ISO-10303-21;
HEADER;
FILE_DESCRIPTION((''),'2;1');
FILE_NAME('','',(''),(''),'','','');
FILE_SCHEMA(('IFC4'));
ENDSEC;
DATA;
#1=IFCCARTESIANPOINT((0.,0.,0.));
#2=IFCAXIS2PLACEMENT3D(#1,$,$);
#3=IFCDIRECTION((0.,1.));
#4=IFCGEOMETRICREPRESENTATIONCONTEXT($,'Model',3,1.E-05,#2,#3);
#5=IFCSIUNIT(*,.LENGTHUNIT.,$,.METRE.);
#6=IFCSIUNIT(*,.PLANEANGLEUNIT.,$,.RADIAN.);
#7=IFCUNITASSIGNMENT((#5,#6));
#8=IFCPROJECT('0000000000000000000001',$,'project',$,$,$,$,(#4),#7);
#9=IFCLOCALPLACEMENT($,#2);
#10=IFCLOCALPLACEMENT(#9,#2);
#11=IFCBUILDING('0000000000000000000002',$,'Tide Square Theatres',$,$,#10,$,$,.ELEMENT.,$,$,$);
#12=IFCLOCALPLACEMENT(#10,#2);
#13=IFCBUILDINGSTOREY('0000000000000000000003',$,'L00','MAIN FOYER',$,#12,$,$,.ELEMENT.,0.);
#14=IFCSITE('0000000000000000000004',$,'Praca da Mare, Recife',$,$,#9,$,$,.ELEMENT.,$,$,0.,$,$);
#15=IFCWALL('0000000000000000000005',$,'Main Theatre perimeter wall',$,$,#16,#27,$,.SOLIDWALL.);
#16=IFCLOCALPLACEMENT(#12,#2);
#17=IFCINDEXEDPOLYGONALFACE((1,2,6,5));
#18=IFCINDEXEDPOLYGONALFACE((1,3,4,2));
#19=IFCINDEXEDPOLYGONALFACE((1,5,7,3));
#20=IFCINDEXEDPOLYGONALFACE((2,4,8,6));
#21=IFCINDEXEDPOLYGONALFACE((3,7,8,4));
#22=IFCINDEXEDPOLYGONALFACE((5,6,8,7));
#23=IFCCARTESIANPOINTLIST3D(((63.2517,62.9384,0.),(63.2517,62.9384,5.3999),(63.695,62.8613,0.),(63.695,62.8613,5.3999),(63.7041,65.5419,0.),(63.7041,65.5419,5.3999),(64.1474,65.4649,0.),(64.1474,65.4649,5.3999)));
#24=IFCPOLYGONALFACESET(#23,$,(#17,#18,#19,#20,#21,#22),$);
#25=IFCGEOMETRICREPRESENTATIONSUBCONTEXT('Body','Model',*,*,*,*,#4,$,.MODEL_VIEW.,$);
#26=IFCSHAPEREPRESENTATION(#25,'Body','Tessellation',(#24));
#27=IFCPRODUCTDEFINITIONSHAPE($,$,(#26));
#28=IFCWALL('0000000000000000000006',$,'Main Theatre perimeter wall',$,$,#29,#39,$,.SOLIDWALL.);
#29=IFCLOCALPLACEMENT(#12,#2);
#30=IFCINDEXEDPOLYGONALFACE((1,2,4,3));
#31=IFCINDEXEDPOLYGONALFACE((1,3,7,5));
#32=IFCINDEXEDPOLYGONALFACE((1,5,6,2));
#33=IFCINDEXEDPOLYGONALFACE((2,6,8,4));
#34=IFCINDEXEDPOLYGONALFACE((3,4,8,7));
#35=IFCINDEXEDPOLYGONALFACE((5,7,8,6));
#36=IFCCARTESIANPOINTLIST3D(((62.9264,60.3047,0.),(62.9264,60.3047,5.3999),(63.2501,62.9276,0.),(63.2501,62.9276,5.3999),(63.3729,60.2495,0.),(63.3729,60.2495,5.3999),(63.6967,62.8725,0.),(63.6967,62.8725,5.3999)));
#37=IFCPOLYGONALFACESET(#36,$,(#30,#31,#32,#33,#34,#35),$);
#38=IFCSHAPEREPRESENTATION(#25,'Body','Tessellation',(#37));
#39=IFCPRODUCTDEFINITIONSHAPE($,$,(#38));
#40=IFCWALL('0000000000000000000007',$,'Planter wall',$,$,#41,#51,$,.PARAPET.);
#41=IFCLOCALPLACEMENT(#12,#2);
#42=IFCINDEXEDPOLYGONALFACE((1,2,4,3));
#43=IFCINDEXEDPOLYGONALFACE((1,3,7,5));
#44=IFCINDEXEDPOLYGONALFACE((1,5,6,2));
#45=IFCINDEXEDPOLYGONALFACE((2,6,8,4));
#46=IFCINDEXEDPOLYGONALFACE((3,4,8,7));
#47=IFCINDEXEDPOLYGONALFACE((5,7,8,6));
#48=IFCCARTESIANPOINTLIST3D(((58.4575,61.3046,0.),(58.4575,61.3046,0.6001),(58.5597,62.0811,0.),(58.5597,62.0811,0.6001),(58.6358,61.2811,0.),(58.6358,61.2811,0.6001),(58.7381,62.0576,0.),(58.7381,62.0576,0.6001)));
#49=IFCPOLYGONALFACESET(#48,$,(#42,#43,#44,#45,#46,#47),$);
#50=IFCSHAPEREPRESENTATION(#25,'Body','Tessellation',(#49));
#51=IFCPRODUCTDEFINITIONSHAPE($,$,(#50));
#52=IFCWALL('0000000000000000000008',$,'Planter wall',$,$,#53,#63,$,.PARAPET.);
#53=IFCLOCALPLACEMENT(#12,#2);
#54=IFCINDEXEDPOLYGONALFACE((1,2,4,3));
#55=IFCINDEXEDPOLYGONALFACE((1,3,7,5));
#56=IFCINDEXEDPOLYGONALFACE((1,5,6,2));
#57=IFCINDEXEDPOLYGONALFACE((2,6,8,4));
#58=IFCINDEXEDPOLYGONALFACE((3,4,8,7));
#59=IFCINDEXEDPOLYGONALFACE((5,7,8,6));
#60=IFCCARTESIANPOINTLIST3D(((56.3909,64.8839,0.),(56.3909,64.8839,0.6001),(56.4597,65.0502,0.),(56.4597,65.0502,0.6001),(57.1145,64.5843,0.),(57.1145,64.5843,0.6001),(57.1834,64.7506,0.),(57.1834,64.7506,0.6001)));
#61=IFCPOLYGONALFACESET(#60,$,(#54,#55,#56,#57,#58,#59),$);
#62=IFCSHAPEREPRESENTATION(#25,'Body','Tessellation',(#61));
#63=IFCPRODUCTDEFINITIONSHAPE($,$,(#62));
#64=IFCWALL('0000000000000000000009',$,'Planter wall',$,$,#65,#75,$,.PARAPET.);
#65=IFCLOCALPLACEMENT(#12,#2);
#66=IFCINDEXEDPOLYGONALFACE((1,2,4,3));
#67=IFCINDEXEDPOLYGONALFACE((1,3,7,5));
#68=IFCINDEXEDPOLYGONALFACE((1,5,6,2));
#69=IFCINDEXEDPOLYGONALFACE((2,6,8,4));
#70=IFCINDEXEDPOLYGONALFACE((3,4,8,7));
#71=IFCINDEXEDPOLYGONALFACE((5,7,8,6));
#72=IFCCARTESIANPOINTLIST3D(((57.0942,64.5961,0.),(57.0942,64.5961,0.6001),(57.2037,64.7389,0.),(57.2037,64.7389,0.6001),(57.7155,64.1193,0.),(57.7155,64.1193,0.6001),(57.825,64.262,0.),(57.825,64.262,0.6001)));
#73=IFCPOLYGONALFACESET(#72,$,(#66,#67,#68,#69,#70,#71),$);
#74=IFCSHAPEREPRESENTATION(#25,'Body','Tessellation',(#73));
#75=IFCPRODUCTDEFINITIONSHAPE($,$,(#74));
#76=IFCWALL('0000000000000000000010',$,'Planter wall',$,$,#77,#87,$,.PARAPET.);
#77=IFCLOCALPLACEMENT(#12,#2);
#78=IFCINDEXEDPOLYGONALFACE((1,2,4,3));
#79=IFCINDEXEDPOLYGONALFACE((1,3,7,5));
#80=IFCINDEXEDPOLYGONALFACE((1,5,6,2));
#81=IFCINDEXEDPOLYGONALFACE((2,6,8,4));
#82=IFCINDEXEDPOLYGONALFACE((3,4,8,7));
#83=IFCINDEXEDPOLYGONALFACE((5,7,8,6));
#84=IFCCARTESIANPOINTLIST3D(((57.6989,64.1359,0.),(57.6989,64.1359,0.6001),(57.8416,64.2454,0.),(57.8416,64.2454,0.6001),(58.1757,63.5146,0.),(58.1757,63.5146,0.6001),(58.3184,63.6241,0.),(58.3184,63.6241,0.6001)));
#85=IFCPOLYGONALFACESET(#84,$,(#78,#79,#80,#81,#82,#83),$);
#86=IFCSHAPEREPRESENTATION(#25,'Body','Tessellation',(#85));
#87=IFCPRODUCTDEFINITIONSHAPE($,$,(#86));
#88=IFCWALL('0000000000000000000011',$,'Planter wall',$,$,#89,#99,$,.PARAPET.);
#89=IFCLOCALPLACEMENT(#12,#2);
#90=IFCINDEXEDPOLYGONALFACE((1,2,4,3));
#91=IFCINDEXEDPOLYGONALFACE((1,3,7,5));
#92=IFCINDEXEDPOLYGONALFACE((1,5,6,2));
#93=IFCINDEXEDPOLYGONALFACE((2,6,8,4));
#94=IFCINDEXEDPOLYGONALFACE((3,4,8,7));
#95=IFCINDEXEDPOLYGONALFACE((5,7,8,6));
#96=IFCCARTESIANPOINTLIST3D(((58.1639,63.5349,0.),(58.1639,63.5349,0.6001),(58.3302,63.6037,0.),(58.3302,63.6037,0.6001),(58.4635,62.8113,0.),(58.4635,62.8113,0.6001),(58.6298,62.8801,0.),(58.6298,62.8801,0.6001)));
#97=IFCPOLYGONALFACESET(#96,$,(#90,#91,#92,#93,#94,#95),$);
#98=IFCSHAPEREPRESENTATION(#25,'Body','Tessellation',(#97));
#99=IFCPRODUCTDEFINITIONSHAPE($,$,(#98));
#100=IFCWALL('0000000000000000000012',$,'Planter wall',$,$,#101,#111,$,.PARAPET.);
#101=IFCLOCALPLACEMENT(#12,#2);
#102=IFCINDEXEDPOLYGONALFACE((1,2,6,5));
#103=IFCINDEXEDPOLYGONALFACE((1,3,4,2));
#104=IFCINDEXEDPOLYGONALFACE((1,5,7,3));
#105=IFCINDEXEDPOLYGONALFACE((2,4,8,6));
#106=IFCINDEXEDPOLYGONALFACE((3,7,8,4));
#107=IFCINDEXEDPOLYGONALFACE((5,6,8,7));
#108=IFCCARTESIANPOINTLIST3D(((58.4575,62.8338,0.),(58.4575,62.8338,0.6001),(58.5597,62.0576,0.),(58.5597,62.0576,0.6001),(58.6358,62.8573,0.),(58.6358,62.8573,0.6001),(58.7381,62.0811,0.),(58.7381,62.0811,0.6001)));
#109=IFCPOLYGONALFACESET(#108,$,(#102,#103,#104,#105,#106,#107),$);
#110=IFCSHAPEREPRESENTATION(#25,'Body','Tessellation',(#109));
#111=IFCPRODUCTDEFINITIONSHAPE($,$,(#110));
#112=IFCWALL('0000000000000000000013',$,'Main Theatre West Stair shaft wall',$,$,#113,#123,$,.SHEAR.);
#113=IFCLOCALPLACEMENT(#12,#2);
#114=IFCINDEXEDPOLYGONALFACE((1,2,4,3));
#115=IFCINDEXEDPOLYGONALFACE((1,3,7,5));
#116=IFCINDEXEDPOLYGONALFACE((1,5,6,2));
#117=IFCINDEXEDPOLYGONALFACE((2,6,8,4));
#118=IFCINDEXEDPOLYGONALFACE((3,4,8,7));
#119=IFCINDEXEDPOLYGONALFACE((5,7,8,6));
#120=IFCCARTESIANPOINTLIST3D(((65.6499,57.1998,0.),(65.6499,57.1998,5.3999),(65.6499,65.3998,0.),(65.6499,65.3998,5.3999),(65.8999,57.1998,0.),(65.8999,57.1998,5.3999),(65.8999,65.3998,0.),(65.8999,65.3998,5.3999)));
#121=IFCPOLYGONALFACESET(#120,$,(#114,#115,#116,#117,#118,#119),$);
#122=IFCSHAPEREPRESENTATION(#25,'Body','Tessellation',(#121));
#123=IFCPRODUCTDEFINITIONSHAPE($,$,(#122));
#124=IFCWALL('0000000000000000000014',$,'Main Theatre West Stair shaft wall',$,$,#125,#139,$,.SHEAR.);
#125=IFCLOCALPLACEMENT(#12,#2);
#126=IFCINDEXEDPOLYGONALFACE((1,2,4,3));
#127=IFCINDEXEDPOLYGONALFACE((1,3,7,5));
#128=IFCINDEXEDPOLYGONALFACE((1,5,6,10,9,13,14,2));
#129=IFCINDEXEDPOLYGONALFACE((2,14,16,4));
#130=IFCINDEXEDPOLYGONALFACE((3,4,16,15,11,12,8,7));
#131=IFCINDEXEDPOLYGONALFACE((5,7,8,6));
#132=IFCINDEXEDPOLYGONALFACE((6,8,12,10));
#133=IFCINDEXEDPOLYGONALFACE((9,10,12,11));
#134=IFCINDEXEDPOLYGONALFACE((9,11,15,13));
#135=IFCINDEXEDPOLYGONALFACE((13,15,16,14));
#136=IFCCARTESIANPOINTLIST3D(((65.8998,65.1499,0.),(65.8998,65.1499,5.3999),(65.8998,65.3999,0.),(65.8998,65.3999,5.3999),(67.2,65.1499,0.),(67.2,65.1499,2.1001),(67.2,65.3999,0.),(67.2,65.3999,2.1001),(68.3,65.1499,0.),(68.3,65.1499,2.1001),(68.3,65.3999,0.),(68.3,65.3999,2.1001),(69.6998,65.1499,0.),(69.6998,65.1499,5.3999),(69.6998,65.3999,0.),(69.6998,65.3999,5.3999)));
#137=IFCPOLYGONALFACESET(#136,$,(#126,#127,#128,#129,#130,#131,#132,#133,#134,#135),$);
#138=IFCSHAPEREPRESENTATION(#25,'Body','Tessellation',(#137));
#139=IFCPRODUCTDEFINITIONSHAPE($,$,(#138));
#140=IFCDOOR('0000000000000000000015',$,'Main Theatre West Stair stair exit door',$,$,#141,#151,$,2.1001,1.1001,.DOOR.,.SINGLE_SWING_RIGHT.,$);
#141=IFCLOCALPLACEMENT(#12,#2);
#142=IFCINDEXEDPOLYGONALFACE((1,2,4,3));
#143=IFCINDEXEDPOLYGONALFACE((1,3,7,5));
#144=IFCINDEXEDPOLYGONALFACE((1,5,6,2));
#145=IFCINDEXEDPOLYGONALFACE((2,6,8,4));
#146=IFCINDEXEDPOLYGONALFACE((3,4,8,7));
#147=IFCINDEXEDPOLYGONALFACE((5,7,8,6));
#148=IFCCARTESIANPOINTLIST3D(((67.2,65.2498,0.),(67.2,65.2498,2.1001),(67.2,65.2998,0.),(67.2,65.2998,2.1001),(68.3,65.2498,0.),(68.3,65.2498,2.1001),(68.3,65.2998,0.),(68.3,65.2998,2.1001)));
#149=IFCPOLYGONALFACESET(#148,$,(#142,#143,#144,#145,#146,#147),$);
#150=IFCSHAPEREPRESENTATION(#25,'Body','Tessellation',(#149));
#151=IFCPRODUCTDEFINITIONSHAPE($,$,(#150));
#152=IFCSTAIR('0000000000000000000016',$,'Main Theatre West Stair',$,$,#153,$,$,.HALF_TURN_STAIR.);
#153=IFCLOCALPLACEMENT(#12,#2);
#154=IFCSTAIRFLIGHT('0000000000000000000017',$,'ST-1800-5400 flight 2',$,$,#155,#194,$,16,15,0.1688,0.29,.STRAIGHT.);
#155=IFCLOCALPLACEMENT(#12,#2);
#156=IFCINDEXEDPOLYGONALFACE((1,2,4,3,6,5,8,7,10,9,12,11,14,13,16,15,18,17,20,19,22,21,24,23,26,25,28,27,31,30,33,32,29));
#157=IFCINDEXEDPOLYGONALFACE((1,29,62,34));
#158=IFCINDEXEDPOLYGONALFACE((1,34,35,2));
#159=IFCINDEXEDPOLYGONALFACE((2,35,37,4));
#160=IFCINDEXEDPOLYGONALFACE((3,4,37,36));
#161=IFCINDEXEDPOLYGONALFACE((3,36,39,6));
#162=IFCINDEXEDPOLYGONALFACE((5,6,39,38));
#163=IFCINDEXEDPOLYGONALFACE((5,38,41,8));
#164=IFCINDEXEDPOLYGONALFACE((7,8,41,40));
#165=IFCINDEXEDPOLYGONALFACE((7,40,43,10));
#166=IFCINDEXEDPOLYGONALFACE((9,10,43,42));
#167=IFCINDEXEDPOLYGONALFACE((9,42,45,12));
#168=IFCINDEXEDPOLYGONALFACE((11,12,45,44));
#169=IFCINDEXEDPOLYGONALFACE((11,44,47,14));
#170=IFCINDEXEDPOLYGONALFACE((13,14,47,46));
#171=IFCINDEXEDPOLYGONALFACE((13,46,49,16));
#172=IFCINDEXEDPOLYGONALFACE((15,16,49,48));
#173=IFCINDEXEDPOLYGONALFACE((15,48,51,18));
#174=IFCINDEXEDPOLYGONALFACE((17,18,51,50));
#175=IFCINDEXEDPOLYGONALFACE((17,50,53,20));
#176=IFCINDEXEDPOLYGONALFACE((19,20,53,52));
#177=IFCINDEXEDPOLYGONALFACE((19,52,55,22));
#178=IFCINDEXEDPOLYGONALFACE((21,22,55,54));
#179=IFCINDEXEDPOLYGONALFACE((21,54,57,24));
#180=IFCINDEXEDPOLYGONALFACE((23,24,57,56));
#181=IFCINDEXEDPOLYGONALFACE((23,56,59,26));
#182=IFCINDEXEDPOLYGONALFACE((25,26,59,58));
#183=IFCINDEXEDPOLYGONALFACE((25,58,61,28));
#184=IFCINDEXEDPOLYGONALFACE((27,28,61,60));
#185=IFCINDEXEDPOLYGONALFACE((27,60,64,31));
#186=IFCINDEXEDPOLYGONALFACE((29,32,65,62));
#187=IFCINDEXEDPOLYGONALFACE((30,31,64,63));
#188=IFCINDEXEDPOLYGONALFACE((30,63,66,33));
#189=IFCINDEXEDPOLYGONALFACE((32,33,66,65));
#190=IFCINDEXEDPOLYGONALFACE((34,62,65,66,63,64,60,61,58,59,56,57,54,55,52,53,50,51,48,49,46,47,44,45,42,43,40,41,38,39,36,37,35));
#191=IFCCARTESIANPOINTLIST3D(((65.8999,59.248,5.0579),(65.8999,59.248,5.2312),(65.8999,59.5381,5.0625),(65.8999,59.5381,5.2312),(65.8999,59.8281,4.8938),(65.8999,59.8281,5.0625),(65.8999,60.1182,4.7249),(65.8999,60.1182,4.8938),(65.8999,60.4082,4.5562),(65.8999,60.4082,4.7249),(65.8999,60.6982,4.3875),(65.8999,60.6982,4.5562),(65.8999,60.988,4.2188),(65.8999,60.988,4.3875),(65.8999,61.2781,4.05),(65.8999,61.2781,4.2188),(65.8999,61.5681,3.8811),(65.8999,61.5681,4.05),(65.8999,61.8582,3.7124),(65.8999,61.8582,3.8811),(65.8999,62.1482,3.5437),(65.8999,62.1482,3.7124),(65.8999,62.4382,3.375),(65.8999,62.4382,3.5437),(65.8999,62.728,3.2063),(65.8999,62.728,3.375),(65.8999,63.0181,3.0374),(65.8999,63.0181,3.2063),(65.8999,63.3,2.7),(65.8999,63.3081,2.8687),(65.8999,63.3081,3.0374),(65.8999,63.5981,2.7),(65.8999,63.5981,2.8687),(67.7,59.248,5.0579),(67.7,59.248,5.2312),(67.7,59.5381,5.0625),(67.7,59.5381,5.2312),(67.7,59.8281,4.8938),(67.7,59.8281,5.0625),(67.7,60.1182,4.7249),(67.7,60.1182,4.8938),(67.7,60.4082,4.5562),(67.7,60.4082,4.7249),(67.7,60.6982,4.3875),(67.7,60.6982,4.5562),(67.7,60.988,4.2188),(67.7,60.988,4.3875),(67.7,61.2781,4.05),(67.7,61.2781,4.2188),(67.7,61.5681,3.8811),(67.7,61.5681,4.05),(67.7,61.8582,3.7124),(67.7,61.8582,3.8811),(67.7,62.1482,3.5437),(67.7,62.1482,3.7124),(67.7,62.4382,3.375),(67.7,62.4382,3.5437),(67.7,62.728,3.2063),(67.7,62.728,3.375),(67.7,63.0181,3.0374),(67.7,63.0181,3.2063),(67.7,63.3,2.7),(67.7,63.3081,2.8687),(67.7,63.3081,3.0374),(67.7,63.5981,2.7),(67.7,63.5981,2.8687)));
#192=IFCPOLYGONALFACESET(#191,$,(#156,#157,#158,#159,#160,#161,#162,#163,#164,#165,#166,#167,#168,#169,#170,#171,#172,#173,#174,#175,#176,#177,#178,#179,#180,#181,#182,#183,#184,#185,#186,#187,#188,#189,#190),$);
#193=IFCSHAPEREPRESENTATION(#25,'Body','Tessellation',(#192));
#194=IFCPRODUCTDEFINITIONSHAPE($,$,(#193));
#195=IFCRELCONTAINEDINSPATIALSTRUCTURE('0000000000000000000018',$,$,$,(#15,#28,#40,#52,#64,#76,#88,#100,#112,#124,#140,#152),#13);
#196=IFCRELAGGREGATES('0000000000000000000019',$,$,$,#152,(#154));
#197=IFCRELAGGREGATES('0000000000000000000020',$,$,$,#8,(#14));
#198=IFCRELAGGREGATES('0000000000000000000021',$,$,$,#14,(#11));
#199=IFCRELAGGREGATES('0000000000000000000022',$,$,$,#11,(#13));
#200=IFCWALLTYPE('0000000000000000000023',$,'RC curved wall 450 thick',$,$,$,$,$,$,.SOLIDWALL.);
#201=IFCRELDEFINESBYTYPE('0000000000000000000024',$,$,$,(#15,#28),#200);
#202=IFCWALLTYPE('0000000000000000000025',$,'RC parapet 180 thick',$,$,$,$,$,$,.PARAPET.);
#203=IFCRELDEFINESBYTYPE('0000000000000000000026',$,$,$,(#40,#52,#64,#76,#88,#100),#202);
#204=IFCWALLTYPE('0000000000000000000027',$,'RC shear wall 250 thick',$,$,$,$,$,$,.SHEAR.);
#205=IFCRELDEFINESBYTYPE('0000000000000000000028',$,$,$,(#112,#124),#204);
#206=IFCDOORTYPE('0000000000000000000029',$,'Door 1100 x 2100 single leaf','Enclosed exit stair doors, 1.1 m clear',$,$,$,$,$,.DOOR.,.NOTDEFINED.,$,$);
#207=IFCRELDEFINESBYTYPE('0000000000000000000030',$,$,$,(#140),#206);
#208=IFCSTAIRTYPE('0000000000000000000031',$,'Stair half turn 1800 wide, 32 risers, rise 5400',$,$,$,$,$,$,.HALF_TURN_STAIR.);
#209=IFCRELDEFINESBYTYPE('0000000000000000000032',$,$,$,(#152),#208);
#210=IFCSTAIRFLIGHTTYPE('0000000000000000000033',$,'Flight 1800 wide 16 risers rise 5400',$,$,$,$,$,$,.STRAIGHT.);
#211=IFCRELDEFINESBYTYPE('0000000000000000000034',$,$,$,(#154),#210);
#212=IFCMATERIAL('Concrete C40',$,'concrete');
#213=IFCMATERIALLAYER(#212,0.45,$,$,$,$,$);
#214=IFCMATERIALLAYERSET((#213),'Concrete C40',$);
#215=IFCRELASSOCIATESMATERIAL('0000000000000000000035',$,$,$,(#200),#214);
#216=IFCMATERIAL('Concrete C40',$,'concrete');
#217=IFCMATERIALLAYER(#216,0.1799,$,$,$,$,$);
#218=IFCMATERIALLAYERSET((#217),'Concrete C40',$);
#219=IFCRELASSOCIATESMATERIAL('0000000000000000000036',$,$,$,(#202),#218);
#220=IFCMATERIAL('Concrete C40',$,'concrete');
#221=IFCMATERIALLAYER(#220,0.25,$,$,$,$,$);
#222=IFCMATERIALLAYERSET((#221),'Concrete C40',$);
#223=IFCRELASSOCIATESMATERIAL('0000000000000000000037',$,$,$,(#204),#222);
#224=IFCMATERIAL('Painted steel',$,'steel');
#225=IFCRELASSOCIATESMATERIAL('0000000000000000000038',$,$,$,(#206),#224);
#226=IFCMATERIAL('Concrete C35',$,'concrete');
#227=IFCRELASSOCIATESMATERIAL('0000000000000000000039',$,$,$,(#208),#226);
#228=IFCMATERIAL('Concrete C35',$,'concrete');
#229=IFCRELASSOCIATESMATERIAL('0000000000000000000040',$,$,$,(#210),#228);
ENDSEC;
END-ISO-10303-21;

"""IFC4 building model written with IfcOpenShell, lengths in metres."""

from ifc_helpers import new_model, si_unit, direction, frame, frame_2d, origin, place, context, subcontext, project, spatial, polyline, rectangle, outline, extrude, material, layer, layer_set, type_object, element, fill, aggregate, save


model = new_model("IFC4")

# Units and contexts
model_context = context("Model", 3, precision=1e-05, world=origin(), true_north=direction((0.0, 1.0)))
body_context = subcontext(model_context, "Body", "Model", "MODEL_VIEW")
ifc_project = project(units=[si_unit("LENGTHUNIT", "METRE"), si_unit("PLANEANGLEUNIT", "RADIAN")], contexts=[model_context])

# Site, building, storey
site_placement = place(None, origin())
site = spatial("IfcSite", under=ifc_project, at=site_placement, Name="Praca da Mare, Recife", CompositionType="ELEMENT", RefElevation=0.0)
building_placement = place(site_placement, origin())
building = spatial("IfcBuilding", under=site, at=building_placement, Name="Tide Square Theatres", CompositionType="ELEMENT")
storey_placement = place(building_placement, origin())
storey = spatial("IfcBuildingStorey", under=building, at=storey_placement, Name="L00", Description="MAIN FOYER", CompositionType="ELEMENT", Elevation=0.0)

# Walls
ifc_material_1 = material(Name="Concrete C40", Category="concrete")
ifc_layer_1 = layer(ifc_material_1, 0.45)
ifc_layer_set_1 = layer_set([ifc_layer_1], Name="Concrete C40")
wall_type_1 = type_object("IfcWallType", Name="RC curved wall 450 thick", PredefinedType="SOLIDWALL", material=ifc_layer_set_1)
wall_1_placement = place(storey_placement, frame((63.9258, 65.5034, 0.0), z_axis=(0.0, 0.0, 1.0), x_axis=(-0.171197, -0.985237, 0.0)))
element("IfcWall", 1, at=wall_1_placement, inside=storey, type_object=wall_type_1, Name="Main Theatre perimeter wall", PredefinedType="SOLIDWALL", context=body_context, shape_type="SweptSolid", body=[
    extrude(rectangle(XDim=2.6426, YDim=0.45, at=frame_2d((1.3213, 0.0))), origin(), (0.0, 0.0, 1.0), 5.3999),
])
wall_2_placement = place(storey_placement, frame((63.4734, 62.8999, 0.0), z_axis=(0.0, 0.0, 1.0), x_axis=(-0.1225, -0.992469, 0.0)))
element("IfcWall", 2, at=wall_2_placement, inside=storey, type_object=wall_type_1, Name="Main Theatre perimeter wall", PredefinedType="SOLIDWALL", context=body_context, shape_type="SweptSolid", body=[
    extrude(rectangle(XDim=2.6428, YDim=0.45, at=frame_2d((1.3213, 0.0))), origin(), (0.0, 0.0, 1.0), 5.3999),
])
ifc_material_2 = material(Name="Concrete C40", Category="concrete")
ifc_layer_2 = layer(ifc_material_2, 0.1799)
ifc_layer_set_2 = layer_set([ifc_layer_2], Name="Concrete C40")
wall_type_2 = type_object("IfcWallType", Name="RC parapet 180 thick", PredefinedType="PARAPET", material=ifc_layer_set_2)
for number, where, z_axis, x_axis, name in (
    (3, (58.6489, 62.0693, 0.0), (0.0, 0.0, 1.0), (-0.130592, -0.991436, 0.0), "Planter wall"),
    (4, (56.4253, 64.967, 0.0), (0.0, 0.0, 1.0), (0.92396, -0.382489, 0.0), "Planter wall"),
    (5, (57.1489, 64.6675, 0.0), (0.0, 0.0, 1.0), (0.79333, -0.608791, 0.0), "Planter wall"),
    (6, (57.7703, 64.1907, 0.0), (0.0, 0.0, 1.0), (0.608791, -0.79333, 0.0), "Planter wall"),
    (7, (58.2471, 63.5693, 0.0), (0.0, 0.0, 1.0), (0.382489, -0.92396, 0.0), "Planter wall"),
):
    element("IfcWall", number, at=place(storey_placement, frame(where, z_axis=z_axis, x_axis=x_axis)), inside=storey, type_object=wall_type_2, Name=name, PredefinedType="PARAPET", context=body_context, shape_type="SweptSolid", body=[
        extrude(rectangle(XDim=0.7832, YDim=0.1799, at=frame_2d((0.3916, 0.0))), origin(), (0.0, 0.0, 1.0), 0.6001),
    ])
wall_3_placement = place(storey_placement, frame((58.5466, 62.8457, 0.0), z_axis=(0.0, 0.0, 1.0), x_axis=(0.130632, -0.991431, 0.0)))
element("IfcWall", 8, at=wall_3_placement, inside=storey, type_object=wall_type_2, Name="Planter wall", PredefinedType="PARAPET", context=body_context, shape_type="SweptSolid", body=[
    extrude(rectangle(XDim=0.783, YDim=0.1799, at=frame_2d((0.3916, 0.0))), origin(), (0.0, 0.0, 1.0), 0.6001),
])
ifc_material_3 = material(Name="Concrete C40", Category="concrete")
ifc_layer_3 = layer(ifc_material_3, 0.25)
ifc_layer_set_3 = layer_set([ifc_layer_3], Name="Concrete C40")
wall_type_3 = type_object("IfcWallType", Name="RC shear wall 250 thick", PredefinedType="SHEAR", material=ifc_layer_set_3)
wall_4_placement = place(storey_placement, frame((65.7749, 65.3999, 0.0), z_axis=(0.0, 0.0, 1.0), x_axis=(0.0, -1.0, 0.0)))
element("IfcWall", 9, at=wall_4_placement, inside=storey, type_object=wall_type_3, Name="Main Theatre West Stair shaft wall", PredefinedType="SHEAR", context=body_context, shape_type="SweptSolid", body=[
    extrude(rectangle(XDim=8.2, YDim=0.25, at=frame_2d((4.1001, 0.0))), origin(), (0.0, 0.0, 1.0), 5.3999),
])

# Wall, opening, door
wall_5_placement = place(storey_placement, frame((65.8999, 65.2749, 0.0), z_axis=(0.0, 0.0, 1.0), x_axis=(1.0, 0.0, 0.0)))
wall_5 = element("IfcWall", 10, at=wall_5_placement, inside=storey, type_object=wall_type_3, Name="Main Theatre West Stair shaft wall", PredefinedType="SHEAR", context=body_context, shape_type="SweptSolid", body=[
    extrude(rectangle(XDim=3.8, YDim=0.25, at=frame_2d((1.8999, 0.0))), origin(), (0.0, 0.0, 1.0), 5.3999),
])
opening_1_placement = place(wall_5_placement, frame((1.3, 0.0, 0.0)))
opening_1 = element("IfcOpeningElement", 11, at=opening_1_placement, cuts=wall_5, PredefinedType="OPENING", context=body_context, shape_type="SweptSolid", body=[
    extrude(rectangle(XDim=1.1001, YDim=2.1001, at=frame_2d((0.55, 1.05))), frame((0.0, 0.135, 0.0), z_axis=(0.0, -1.0, 0.0), x_axis=(1.0, 0.0, 0.0)), (0.0, 0.0, 1.0), 0.27),
])
ifc_material_4 = material(Name="Painted steel", Category="steel")
door_type_1 = type_object("IfcDoorType", Name="Door 1100 x 2100 single leaf", Description="Enclosed exit stair doors, 1.1 m clear", OperationType="NOTDEFINED", PredefinedType="DOOR", material=ifc_material_4)
door_1_placement = place(opening_1_placement, origin())
door_1 = element("IfcDoor", 12, at=door_1_placement, inside=storey, type_object=door_type_1, Name="Main Theatre West Stair stair exit door", OperationType="SINGLE_SWING_RIGHT", OverallHeight=2.1001, OverallWidth=1.1001, PredefinedType="DOOR", context=body_context, shape_type="SweptSolid", body=[
    extrude(rectangle(XDim=1.1001, YDim=2.1001, at=frame_2d((0.55, 1.05))), frame((0.0, 0.0249, 0.0), z_axis=(0.0, -1.0, 0.0), x_axis=(1.0, 0.0, 0.0)), (0.0, 0.0, 1.0), 0.05),
])
fill(opening_1, door_1)

# Stair, stair flight
ifc_material_5 = material(Name="Concrete C35", Category="concrete")
stair_type = type_object("IfcStairType", Name="Stair half turn 1800 wide, 32 risers, rise 5400", PredefinedType="HALF_TURN_STAIR", material=ifc_material_5)
stair_placement = place(storey_placement, origin())
stair = element("IfcStair", 13, at=stair_placement, inside=storey, type_object=stair_type, Name="Main Theatre West Stair", PredefinedType="HALF_TURN_STAIR")
ifc_material_6 = material(Name="Concrete C35", Category="concrete")
stair_flight_type = type_object("IfcStairFlightType", Name="Flight 1800 wide 16 risers rise 5400", PredefinedType="STRAIGHT", material=ifc_material_6)
stair_flight_placement = place(storey_placement, frame((66.8, 63.5981, 2.7), z_axis=(0.0, 0.0, 1.0), x_axis=(0.0, -1.0, 0.0)))
stair_flight = element("IfcStairFlight", 14, at=stair_flight_placement, type_object=stair_flight_type, Name="ST-1800-5400 flight 2", NumberOfRisers=16, NumberOfTreads=15, PredefinedType="STRAIGHT", RiserHeight=0.1688, TreadLength=0.29, context=body_context, shape_type="SweptSolid", body=[
    extrude(outline(polyline([(0.0, 0.0), (0.0, 0.1687), (0.29, 0.1687), (0.29, 0.3374), (0.5801, 0.3374), (0.5801, 0.5063), (0.8701, 0.5063), (0.8701, 0.675), (1.1599, 0.675), (1.1599, 0.8438), (1.45, 0.8438), (1.45, 1.0125), (1.74, 1.0125), (1.74, 1.1812), (2.03, 1.1812), (2.03, 1.3501), (2.3201, 1.3501), (2.3201, 1.5188), (2.6101, 1.5188), (2.6101, 1.6875), (2.8999, 1.6875), (2.8999, 1.8562), (3.1899, 1.8562), (3.1899, 2.0249), (3.48, 2.0249), (3.48, 2.1938), (3.77, 2.1938), (3.77, 2.3625), (4.0601, 2.3625), (4.0601, 2.5312), (4.3501, 2.5312), (4.3501, 2.7), (4.3501, 2.3579), (0.2981, 0.0), (0.0, 0.0)])), frame((0.0, 0.8999, 0.0), z_axis=(0.0, -1.0, 0.0), x_axis=(1.0, 0.0, 0.0)), (0.0, 0.0, 1.0), 1.8),
])
aggregate(stair, [stair_flight])

save(model, "model.ifc")
